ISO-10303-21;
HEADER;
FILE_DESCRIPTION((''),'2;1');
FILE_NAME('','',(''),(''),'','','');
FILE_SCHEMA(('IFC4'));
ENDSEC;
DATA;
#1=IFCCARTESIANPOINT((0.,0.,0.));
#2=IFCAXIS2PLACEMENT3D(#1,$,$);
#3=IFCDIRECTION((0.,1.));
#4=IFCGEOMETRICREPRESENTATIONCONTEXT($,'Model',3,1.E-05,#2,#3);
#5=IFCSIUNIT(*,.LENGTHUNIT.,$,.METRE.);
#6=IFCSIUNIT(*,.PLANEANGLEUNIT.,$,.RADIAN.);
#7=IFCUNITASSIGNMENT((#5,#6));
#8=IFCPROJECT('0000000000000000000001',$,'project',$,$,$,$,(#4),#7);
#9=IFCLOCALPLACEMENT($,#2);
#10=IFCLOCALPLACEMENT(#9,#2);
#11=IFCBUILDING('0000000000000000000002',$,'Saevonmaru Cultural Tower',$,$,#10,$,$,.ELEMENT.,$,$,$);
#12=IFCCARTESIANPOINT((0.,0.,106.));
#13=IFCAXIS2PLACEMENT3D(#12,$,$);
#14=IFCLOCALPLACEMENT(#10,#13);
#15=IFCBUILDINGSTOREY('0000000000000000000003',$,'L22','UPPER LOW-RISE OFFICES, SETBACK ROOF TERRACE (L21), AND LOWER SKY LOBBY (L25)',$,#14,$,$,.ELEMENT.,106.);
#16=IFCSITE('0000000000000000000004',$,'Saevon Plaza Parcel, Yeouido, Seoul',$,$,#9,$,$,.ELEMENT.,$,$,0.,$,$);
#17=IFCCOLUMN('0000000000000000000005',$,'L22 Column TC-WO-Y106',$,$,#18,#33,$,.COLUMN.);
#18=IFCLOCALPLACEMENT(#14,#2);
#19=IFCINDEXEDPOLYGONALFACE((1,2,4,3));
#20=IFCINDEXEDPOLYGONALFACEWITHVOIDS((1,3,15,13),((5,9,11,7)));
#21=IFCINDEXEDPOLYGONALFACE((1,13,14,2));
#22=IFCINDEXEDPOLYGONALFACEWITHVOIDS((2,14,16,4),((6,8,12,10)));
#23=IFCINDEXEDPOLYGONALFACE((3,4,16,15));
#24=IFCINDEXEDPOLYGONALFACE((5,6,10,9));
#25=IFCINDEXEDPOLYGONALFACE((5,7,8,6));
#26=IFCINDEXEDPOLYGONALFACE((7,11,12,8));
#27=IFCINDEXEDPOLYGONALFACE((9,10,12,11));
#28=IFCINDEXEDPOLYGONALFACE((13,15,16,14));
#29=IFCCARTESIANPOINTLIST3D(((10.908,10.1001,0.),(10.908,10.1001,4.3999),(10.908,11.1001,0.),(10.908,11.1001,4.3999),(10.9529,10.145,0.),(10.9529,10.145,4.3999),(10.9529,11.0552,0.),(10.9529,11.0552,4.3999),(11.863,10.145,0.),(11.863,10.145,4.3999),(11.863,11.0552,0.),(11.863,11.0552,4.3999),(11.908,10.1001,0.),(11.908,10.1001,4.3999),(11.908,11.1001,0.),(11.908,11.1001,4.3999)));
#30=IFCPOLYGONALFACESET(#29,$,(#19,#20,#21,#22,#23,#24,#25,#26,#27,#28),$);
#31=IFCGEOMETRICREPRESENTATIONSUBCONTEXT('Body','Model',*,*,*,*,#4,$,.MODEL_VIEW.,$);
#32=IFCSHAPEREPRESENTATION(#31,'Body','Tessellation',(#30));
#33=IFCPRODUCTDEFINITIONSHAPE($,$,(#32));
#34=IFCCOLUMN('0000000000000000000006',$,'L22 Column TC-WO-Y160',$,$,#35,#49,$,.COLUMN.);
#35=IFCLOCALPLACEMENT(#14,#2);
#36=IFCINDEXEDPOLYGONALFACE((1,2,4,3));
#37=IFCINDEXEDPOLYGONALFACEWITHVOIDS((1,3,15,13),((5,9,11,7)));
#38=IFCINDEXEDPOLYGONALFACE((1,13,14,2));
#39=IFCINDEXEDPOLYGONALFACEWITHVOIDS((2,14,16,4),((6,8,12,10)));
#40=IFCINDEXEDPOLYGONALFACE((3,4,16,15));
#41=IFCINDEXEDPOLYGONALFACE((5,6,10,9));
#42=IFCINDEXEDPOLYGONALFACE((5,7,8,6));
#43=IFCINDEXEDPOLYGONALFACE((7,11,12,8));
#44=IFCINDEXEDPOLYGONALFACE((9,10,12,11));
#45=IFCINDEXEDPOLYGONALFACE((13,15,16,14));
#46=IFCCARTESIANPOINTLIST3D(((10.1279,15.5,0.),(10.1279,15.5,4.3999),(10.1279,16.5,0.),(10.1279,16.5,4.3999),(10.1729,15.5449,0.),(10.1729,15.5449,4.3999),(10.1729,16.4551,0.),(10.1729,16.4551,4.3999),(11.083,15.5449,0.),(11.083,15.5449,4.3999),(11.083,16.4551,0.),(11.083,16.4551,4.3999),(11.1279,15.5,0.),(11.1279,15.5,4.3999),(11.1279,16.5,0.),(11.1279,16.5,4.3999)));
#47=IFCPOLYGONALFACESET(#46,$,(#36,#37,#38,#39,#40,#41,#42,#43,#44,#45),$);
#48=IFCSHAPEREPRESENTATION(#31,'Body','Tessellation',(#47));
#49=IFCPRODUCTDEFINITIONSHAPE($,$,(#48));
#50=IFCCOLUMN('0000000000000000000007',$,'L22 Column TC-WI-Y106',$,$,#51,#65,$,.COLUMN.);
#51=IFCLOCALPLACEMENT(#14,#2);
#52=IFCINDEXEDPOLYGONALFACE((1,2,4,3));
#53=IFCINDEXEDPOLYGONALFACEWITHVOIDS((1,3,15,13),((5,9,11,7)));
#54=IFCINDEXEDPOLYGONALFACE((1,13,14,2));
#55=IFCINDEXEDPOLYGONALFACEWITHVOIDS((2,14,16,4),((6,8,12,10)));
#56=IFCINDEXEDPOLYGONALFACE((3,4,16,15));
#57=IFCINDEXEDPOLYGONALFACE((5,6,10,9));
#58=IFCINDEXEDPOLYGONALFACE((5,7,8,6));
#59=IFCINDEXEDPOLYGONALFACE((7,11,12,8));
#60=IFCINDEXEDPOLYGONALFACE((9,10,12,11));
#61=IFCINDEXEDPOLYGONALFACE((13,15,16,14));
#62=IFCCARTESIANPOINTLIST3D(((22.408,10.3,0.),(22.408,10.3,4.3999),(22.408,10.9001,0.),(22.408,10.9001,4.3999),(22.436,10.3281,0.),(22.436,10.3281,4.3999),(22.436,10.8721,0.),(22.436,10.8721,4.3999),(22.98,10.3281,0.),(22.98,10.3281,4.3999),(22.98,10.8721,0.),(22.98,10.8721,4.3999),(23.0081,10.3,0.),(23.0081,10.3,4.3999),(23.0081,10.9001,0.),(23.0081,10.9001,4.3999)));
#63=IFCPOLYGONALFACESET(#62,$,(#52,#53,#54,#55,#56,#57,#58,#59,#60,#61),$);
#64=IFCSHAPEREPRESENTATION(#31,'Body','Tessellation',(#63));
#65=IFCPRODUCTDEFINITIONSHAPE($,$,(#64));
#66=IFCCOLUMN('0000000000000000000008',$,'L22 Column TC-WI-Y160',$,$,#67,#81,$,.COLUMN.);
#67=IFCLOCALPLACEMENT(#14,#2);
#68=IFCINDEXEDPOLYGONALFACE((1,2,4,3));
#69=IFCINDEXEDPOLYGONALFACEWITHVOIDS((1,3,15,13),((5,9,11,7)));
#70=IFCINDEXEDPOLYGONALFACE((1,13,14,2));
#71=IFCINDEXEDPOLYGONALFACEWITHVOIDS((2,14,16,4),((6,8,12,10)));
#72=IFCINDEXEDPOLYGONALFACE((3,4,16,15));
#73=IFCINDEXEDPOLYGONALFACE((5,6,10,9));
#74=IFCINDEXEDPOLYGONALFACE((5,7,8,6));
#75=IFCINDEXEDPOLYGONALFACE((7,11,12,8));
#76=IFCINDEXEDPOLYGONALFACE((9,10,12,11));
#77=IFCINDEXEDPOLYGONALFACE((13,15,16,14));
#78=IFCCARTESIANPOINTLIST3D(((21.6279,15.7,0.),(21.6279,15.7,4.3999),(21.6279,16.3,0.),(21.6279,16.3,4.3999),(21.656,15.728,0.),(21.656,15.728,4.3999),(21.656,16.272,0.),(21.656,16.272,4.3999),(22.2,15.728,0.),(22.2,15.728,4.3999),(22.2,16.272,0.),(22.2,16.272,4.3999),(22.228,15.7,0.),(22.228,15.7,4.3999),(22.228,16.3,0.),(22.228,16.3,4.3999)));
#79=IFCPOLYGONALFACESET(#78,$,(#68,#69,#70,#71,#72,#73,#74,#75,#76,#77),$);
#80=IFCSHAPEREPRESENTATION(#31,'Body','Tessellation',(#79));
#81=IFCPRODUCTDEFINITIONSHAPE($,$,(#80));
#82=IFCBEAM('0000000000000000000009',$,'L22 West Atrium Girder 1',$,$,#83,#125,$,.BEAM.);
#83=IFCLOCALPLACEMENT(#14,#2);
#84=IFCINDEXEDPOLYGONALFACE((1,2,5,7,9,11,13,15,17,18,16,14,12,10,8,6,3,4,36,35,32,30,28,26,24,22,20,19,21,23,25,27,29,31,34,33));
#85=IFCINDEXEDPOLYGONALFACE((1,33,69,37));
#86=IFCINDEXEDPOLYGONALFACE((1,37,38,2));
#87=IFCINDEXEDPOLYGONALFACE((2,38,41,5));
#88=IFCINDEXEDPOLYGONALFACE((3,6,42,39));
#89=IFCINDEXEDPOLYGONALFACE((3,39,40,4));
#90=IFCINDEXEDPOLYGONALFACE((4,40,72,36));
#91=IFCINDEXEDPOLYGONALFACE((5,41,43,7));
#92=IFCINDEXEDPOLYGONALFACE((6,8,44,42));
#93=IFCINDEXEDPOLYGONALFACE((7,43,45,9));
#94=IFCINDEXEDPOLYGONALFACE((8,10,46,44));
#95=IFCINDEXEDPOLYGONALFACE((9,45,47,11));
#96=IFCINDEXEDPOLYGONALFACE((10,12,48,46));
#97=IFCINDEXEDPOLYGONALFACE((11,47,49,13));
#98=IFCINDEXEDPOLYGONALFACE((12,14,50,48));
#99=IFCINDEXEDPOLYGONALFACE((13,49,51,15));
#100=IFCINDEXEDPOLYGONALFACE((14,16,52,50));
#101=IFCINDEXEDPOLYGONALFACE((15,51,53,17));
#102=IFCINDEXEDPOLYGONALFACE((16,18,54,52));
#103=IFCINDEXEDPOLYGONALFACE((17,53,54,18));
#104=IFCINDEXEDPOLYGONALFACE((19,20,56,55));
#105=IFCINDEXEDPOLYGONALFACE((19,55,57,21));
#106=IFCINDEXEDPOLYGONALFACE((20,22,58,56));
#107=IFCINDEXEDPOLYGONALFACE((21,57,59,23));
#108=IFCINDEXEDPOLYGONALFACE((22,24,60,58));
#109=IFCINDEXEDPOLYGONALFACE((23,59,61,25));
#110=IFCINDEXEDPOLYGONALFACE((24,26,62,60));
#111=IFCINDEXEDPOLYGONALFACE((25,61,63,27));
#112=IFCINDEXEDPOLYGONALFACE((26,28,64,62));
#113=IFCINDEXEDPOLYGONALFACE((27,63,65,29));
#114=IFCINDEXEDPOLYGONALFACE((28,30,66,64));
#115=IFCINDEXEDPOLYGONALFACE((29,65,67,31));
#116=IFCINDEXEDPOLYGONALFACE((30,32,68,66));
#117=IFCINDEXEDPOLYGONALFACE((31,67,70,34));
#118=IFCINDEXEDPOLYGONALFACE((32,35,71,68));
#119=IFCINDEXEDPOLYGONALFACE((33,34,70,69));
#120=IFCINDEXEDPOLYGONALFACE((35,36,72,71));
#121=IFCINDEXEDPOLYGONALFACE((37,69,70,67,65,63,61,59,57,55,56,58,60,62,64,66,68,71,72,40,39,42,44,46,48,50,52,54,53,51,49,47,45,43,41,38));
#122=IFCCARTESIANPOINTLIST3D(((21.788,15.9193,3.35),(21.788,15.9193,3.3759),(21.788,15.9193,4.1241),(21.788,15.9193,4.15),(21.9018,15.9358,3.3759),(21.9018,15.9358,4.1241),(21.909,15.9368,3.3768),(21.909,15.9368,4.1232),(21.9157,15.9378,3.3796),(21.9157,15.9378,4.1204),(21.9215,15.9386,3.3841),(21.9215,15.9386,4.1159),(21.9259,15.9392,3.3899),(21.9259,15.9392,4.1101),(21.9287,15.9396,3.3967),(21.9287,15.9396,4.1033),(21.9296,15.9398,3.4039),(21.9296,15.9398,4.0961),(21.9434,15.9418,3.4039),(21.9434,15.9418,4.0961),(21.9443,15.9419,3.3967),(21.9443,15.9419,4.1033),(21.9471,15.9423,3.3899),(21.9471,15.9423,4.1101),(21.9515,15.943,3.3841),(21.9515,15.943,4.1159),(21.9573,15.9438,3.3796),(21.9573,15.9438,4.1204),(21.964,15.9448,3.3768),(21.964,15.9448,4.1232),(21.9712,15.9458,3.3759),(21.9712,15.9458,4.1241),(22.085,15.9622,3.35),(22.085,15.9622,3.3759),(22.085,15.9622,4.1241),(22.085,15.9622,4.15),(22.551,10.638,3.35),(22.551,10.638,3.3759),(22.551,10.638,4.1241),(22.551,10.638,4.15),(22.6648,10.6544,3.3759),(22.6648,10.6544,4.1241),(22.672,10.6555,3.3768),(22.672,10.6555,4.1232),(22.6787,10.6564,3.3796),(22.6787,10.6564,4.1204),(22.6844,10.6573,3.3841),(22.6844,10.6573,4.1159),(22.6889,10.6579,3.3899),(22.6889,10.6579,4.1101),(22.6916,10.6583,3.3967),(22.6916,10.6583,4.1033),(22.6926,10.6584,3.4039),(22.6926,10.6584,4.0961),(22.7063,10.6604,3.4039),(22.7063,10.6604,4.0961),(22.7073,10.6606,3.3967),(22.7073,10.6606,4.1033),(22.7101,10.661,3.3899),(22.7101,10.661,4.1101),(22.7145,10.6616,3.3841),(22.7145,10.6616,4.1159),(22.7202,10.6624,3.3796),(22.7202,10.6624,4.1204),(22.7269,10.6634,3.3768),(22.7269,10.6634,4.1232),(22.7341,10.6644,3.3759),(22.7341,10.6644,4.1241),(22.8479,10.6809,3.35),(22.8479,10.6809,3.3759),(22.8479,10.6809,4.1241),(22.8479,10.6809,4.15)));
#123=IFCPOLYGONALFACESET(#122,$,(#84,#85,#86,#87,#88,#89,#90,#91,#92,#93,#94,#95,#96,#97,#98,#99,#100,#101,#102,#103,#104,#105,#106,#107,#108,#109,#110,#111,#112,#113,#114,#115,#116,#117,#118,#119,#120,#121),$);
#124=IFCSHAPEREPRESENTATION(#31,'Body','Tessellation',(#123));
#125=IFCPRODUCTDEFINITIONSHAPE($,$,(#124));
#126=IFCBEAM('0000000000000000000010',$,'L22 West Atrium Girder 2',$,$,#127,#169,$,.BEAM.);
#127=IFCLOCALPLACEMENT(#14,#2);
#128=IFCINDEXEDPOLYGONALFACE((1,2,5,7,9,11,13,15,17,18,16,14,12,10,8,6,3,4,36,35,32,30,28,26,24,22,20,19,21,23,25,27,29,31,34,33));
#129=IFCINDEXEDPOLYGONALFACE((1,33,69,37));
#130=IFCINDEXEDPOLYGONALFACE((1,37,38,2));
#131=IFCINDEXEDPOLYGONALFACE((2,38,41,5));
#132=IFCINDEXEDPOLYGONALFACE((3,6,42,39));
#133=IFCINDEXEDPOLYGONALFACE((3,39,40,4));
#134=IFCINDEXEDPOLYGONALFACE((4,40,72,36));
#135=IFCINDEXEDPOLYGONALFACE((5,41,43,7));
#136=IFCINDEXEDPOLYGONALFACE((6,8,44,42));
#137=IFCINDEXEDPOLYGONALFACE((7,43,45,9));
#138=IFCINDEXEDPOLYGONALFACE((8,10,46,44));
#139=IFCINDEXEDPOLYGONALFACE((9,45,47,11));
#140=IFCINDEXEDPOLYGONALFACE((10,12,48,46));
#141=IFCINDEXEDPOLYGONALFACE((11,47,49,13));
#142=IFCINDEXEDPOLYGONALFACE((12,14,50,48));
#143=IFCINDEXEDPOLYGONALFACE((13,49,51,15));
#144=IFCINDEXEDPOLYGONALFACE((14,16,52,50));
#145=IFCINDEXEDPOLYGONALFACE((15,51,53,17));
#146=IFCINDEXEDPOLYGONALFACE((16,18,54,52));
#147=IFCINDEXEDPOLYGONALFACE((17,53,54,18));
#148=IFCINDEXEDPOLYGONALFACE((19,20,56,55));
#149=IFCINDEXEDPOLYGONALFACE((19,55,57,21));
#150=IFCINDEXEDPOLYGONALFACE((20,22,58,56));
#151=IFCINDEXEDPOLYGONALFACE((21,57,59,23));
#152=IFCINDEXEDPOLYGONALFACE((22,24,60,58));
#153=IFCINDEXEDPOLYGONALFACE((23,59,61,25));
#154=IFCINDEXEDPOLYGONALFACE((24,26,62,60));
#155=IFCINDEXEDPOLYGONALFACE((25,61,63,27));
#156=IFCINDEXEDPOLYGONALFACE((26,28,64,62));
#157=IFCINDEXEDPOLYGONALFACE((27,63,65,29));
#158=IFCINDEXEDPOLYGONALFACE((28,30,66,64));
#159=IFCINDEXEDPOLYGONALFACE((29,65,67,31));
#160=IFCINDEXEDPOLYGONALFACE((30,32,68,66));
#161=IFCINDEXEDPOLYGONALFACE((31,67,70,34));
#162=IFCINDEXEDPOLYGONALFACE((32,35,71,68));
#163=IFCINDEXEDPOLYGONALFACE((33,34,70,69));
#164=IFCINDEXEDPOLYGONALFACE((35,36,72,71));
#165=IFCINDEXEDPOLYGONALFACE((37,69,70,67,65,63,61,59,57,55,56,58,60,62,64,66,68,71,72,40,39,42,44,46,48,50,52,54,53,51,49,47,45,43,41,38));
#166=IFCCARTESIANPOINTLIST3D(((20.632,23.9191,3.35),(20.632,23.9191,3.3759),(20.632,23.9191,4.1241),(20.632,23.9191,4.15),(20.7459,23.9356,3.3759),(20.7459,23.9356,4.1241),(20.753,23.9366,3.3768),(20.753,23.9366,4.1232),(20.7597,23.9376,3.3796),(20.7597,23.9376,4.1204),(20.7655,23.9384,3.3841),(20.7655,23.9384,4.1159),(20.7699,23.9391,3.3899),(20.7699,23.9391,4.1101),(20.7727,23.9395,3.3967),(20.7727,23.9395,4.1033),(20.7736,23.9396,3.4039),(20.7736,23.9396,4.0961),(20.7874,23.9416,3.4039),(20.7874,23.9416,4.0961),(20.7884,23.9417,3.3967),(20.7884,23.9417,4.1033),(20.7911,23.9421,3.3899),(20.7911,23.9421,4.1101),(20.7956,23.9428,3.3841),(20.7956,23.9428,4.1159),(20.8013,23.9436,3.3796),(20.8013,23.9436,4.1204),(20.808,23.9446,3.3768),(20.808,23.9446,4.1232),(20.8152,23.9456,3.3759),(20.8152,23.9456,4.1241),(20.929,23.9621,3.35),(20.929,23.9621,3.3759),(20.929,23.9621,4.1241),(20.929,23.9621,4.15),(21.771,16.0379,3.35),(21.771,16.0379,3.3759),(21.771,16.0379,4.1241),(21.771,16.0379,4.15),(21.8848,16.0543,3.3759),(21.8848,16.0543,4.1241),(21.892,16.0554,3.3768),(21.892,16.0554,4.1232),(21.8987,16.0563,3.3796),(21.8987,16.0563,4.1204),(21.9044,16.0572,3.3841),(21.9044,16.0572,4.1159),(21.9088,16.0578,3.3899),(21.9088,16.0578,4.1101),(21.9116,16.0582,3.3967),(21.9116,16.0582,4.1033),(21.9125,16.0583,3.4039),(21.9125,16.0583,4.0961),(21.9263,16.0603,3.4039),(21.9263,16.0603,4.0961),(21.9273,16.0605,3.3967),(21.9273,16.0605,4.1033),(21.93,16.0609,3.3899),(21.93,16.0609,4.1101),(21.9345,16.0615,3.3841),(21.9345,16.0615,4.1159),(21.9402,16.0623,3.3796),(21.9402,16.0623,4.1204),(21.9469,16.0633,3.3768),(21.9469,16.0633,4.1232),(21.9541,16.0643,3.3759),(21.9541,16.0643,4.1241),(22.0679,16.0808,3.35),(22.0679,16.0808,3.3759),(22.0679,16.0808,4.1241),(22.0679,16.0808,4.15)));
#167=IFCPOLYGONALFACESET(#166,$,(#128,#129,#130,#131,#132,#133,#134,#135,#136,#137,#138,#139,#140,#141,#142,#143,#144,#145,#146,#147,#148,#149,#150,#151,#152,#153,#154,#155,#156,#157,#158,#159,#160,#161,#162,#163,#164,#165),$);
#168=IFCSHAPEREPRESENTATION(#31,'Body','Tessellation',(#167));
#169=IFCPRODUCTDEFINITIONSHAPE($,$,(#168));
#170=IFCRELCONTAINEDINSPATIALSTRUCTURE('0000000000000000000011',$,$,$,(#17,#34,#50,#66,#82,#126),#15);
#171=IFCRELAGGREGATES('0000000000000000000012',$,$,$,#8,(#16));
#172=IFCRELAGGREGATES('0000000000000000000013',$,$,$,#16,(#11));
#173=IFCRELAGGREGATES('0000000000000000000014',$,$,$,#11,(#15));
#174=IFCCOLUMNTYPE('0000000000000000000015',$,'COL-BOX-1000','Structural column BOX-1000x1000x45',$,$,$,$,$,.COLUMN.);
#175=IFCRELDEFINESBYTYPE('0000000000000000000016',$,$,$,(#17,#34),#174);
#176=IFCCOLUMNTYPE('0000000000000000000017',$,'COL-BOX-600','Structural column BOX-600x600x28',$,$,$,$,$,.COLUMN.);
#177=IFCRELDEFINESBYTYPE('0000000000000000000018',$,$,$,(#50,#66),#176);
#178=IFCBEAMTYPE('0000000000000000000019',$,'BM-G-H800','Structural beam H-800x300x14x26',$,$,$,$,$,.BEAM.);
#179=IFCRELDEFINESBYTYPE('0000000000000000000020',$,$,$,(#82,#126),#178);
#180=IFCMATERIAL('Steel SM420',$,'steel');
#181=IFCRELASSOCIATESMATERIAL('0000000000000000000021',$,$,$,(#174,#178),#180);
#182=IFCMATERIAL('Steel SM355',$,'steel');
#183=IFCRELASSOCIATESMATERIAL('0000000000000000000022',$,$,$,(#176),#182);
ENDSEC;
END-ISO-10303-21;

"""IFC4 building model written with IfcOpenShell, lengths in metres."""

from ifc_helpers import new_model, si_unit, direction, frame, origin, origin_2d, place, context, subcontext, project, spatial, hollow_rectangle, i_section, extrude, material, material_profile, profile_set, type_object, element, save


model = new_model("IFC4")

# Units and contexts
model_context = context("Model", 3, precision=1e-05, world=origin(), true_north=direction((0.0, 1.0)))
body_context = subcontext(model_context, "Body", "Model", "MODEL_VIEW")
ifc_project = project(units=[si_unit("LENGTHUNIT", "METRE"), si_unit("PLANEANGLEUNIT", "RADIAN")], contexts=[model_context])

# Site, building, storey
site_placement = place(None, origin())
site = spatial("IfcSite", under=ifc_project, at=site_placement, Name="Saevon Plaza Parcel, Yeouido, Seoul", CompositionType="ELEMENT", RefElevation=0.0)
building_placement = place(site_placement, origin())
building = spatial("IfcBuilding", under=site, at=building_placement, Name="Saevonmaru Cultural Tower", CompositionType="ELEMENT")
storey_placement = place(building_placement, frame((0.0, 0.0, 106.0)))
storey = spatial("IfcBuildingStorey", under=building, at=storey_placement, Name="L22", Description="UPPER LOW-RISE OFFICES, SETBACK ROOF TERRACE (L21), AND LOWER SKY LOBBY (L25)", CompositionType="ELEMENT", Elevation=106.0)

# Columns
ifc_material_1 = material(Name="Steel SM420", Category="steel")
ifc_material_profile_1 = material_profile(ifc_material_1, hollow_rectangle(XDim=1.0, YDim=1.0, WallThickness=0.0449, at=origin_2d()), Name="BOX-1000x1000x45")
ifc_profile_set_1 = profile_set([ifc_material_profile_1], Name="Steel SM420")
column_type_1 = type_object("IfcColumnType", Name="COL-BOX-1000", Description="Structural column BOX-1000x1000x45", PredefinedType="COLUMN", material=ifc_profile_set_1)
for number, where, z_axis, x_axis, name in (
    (1, (11.408, 10.6001, 0.0), (0.0, 0.0, 1.0), (1.0, 0.0, 0.0), "L22 Column TC-WO-Y106"),
    (2, (10.6279, 16.0, 0.0), (0.0, 0.0, 1.0), (1.0, 0.0, 0.0), "L22 Column TC-WO-Y160"),
):
    element("IfcColumn", number, at=place(storey_placement, frame(where, z_axis=z_axis, x_axis=x_axis)), inside=storey, type_object=column_type_1, Name=name, PredefinedType="COLUMN", context=body_context, shape_type="SweptSolid", body=[
        extrude(hollow_rectangle(XDim=1.0, YDim=1.0, WallThickness=0.0449, at=origin_2d()), origin(), (0.0, 0.0, 1.0), 4.3999),
    ])
ifc_material_2 = material(Name="Steel SM355", Category="steel")
ifc_material_profile_2 = material_profile(ifc_material_2, hollow_rectangle(XDim=0.6001, YDim=0.6001, WallThickness=0.0281, at=origin_2d()), Name="BOX-600x600x28")
ifc_profile_set_2 = profile_set([ifc_material_profile_2], Name="Steel SM355")
column_type_2 = type_object("IfcColumnType", Name="COL-BOX-600", Description="Structural column BOX-600x600x28", PredefinedType="COLUMN", material=ifc_profile_set_2)
for number, where, z_axis, x_axis, name in (
    (3, (22.708, 10.6001, 0.0), (0.0, 0.0, 1.0), (1.0, 0.0, 0.0), "L22 Column TC-WI-Y106"),
    (4, (21.928, 16.0, 0.0), (0.0, 0.0, 1.0), (1.0, 0.0, 0.0), "L22 Column TC-WI-Y160"),
):
    element("IfcColumn", number, at=place(storey_placement, frame(where, z_axis=z_axis, x_axis=x_axis)), inside=storey, type_object=column_type_2, Name=name, PredefinedType="COLUMN", context=body_context, shape_type="SweptSolid", body=[
        extrude(hollow_rectangle(XDim=0.6001, YDim=0.6001, WallThickness=0.0281, at=origin_2d()), origin(), (0.0, 0.0, 1.0), 4.3999),
    ])

# Beams
ifc_material_profile_3 = material_profile(ifc_material_1, i_section(OverallWidth=0.3, OverallDepth=0.8, WebThickness=0.0139, FlangeThickness=0.0259, FilletRadius=0.0281, at=origin_2d()), Name="H-800x300x14x26")
ifc_profile_set_3 = profile_set([ifc_material_profile_3], Name="Steel SM420")
beam_type_1 = type_object("IfcBeamType", Name="BM-G-H800", Description="Structural beam H-800x300x14x26", PredefinedType="BEAM", material=ifc_profile_set_3)
beam_1_placement = place(storey_placement, frame((22.6995, 10.6594, 3.75), z_axis=(-0.142978, 0.989726, 0.0), x_axis=(-0.989726, -0.142978, 0.0)))
element("IfcBeam", 5, at=beam_1_placement, inside=storey, type_object=beam_type_1, Name="L22 West Atrium Girder 1", PredefinedType="BEAM", context=body_context, shape_type="SweptSolid", body=[
    extrude(i_section(OverallWidth=0.3, OverallDepth=0.8, WebThickness=0.0139, FlangeThickness=0.0259, FilletRadius=0.0281, at=origin_2d()), origin(), (0.0, 0.0, 1.0), 5.3362),
])
beam_2_placement = place(storey_placement, frame((21.9194, 16.0593, 3.75), z_axis=(-0.143022, 0.989719, 0.0), x_axis=(-0.989719, -0.143022, 0.0)))
element("IfcBeam", 6, at=beam_2_placement, inside=storey, type_object=beam_type_1, Name="L22 West Atrium Girder 2", PredefinedType="BEAM", context=body_context, shape_type="SweptSolid", body=[
    extrude(i_section(OverallWidth=0.3, OverallDepth=0.8, WebThickness=0.0139, FlangeThickness=0.0259, FilletRadius=0.0281, at=origin_2d()), origin(), (0.0, 0.0, 1.0), 7.9631),
])

save(model, "model.ifc")
